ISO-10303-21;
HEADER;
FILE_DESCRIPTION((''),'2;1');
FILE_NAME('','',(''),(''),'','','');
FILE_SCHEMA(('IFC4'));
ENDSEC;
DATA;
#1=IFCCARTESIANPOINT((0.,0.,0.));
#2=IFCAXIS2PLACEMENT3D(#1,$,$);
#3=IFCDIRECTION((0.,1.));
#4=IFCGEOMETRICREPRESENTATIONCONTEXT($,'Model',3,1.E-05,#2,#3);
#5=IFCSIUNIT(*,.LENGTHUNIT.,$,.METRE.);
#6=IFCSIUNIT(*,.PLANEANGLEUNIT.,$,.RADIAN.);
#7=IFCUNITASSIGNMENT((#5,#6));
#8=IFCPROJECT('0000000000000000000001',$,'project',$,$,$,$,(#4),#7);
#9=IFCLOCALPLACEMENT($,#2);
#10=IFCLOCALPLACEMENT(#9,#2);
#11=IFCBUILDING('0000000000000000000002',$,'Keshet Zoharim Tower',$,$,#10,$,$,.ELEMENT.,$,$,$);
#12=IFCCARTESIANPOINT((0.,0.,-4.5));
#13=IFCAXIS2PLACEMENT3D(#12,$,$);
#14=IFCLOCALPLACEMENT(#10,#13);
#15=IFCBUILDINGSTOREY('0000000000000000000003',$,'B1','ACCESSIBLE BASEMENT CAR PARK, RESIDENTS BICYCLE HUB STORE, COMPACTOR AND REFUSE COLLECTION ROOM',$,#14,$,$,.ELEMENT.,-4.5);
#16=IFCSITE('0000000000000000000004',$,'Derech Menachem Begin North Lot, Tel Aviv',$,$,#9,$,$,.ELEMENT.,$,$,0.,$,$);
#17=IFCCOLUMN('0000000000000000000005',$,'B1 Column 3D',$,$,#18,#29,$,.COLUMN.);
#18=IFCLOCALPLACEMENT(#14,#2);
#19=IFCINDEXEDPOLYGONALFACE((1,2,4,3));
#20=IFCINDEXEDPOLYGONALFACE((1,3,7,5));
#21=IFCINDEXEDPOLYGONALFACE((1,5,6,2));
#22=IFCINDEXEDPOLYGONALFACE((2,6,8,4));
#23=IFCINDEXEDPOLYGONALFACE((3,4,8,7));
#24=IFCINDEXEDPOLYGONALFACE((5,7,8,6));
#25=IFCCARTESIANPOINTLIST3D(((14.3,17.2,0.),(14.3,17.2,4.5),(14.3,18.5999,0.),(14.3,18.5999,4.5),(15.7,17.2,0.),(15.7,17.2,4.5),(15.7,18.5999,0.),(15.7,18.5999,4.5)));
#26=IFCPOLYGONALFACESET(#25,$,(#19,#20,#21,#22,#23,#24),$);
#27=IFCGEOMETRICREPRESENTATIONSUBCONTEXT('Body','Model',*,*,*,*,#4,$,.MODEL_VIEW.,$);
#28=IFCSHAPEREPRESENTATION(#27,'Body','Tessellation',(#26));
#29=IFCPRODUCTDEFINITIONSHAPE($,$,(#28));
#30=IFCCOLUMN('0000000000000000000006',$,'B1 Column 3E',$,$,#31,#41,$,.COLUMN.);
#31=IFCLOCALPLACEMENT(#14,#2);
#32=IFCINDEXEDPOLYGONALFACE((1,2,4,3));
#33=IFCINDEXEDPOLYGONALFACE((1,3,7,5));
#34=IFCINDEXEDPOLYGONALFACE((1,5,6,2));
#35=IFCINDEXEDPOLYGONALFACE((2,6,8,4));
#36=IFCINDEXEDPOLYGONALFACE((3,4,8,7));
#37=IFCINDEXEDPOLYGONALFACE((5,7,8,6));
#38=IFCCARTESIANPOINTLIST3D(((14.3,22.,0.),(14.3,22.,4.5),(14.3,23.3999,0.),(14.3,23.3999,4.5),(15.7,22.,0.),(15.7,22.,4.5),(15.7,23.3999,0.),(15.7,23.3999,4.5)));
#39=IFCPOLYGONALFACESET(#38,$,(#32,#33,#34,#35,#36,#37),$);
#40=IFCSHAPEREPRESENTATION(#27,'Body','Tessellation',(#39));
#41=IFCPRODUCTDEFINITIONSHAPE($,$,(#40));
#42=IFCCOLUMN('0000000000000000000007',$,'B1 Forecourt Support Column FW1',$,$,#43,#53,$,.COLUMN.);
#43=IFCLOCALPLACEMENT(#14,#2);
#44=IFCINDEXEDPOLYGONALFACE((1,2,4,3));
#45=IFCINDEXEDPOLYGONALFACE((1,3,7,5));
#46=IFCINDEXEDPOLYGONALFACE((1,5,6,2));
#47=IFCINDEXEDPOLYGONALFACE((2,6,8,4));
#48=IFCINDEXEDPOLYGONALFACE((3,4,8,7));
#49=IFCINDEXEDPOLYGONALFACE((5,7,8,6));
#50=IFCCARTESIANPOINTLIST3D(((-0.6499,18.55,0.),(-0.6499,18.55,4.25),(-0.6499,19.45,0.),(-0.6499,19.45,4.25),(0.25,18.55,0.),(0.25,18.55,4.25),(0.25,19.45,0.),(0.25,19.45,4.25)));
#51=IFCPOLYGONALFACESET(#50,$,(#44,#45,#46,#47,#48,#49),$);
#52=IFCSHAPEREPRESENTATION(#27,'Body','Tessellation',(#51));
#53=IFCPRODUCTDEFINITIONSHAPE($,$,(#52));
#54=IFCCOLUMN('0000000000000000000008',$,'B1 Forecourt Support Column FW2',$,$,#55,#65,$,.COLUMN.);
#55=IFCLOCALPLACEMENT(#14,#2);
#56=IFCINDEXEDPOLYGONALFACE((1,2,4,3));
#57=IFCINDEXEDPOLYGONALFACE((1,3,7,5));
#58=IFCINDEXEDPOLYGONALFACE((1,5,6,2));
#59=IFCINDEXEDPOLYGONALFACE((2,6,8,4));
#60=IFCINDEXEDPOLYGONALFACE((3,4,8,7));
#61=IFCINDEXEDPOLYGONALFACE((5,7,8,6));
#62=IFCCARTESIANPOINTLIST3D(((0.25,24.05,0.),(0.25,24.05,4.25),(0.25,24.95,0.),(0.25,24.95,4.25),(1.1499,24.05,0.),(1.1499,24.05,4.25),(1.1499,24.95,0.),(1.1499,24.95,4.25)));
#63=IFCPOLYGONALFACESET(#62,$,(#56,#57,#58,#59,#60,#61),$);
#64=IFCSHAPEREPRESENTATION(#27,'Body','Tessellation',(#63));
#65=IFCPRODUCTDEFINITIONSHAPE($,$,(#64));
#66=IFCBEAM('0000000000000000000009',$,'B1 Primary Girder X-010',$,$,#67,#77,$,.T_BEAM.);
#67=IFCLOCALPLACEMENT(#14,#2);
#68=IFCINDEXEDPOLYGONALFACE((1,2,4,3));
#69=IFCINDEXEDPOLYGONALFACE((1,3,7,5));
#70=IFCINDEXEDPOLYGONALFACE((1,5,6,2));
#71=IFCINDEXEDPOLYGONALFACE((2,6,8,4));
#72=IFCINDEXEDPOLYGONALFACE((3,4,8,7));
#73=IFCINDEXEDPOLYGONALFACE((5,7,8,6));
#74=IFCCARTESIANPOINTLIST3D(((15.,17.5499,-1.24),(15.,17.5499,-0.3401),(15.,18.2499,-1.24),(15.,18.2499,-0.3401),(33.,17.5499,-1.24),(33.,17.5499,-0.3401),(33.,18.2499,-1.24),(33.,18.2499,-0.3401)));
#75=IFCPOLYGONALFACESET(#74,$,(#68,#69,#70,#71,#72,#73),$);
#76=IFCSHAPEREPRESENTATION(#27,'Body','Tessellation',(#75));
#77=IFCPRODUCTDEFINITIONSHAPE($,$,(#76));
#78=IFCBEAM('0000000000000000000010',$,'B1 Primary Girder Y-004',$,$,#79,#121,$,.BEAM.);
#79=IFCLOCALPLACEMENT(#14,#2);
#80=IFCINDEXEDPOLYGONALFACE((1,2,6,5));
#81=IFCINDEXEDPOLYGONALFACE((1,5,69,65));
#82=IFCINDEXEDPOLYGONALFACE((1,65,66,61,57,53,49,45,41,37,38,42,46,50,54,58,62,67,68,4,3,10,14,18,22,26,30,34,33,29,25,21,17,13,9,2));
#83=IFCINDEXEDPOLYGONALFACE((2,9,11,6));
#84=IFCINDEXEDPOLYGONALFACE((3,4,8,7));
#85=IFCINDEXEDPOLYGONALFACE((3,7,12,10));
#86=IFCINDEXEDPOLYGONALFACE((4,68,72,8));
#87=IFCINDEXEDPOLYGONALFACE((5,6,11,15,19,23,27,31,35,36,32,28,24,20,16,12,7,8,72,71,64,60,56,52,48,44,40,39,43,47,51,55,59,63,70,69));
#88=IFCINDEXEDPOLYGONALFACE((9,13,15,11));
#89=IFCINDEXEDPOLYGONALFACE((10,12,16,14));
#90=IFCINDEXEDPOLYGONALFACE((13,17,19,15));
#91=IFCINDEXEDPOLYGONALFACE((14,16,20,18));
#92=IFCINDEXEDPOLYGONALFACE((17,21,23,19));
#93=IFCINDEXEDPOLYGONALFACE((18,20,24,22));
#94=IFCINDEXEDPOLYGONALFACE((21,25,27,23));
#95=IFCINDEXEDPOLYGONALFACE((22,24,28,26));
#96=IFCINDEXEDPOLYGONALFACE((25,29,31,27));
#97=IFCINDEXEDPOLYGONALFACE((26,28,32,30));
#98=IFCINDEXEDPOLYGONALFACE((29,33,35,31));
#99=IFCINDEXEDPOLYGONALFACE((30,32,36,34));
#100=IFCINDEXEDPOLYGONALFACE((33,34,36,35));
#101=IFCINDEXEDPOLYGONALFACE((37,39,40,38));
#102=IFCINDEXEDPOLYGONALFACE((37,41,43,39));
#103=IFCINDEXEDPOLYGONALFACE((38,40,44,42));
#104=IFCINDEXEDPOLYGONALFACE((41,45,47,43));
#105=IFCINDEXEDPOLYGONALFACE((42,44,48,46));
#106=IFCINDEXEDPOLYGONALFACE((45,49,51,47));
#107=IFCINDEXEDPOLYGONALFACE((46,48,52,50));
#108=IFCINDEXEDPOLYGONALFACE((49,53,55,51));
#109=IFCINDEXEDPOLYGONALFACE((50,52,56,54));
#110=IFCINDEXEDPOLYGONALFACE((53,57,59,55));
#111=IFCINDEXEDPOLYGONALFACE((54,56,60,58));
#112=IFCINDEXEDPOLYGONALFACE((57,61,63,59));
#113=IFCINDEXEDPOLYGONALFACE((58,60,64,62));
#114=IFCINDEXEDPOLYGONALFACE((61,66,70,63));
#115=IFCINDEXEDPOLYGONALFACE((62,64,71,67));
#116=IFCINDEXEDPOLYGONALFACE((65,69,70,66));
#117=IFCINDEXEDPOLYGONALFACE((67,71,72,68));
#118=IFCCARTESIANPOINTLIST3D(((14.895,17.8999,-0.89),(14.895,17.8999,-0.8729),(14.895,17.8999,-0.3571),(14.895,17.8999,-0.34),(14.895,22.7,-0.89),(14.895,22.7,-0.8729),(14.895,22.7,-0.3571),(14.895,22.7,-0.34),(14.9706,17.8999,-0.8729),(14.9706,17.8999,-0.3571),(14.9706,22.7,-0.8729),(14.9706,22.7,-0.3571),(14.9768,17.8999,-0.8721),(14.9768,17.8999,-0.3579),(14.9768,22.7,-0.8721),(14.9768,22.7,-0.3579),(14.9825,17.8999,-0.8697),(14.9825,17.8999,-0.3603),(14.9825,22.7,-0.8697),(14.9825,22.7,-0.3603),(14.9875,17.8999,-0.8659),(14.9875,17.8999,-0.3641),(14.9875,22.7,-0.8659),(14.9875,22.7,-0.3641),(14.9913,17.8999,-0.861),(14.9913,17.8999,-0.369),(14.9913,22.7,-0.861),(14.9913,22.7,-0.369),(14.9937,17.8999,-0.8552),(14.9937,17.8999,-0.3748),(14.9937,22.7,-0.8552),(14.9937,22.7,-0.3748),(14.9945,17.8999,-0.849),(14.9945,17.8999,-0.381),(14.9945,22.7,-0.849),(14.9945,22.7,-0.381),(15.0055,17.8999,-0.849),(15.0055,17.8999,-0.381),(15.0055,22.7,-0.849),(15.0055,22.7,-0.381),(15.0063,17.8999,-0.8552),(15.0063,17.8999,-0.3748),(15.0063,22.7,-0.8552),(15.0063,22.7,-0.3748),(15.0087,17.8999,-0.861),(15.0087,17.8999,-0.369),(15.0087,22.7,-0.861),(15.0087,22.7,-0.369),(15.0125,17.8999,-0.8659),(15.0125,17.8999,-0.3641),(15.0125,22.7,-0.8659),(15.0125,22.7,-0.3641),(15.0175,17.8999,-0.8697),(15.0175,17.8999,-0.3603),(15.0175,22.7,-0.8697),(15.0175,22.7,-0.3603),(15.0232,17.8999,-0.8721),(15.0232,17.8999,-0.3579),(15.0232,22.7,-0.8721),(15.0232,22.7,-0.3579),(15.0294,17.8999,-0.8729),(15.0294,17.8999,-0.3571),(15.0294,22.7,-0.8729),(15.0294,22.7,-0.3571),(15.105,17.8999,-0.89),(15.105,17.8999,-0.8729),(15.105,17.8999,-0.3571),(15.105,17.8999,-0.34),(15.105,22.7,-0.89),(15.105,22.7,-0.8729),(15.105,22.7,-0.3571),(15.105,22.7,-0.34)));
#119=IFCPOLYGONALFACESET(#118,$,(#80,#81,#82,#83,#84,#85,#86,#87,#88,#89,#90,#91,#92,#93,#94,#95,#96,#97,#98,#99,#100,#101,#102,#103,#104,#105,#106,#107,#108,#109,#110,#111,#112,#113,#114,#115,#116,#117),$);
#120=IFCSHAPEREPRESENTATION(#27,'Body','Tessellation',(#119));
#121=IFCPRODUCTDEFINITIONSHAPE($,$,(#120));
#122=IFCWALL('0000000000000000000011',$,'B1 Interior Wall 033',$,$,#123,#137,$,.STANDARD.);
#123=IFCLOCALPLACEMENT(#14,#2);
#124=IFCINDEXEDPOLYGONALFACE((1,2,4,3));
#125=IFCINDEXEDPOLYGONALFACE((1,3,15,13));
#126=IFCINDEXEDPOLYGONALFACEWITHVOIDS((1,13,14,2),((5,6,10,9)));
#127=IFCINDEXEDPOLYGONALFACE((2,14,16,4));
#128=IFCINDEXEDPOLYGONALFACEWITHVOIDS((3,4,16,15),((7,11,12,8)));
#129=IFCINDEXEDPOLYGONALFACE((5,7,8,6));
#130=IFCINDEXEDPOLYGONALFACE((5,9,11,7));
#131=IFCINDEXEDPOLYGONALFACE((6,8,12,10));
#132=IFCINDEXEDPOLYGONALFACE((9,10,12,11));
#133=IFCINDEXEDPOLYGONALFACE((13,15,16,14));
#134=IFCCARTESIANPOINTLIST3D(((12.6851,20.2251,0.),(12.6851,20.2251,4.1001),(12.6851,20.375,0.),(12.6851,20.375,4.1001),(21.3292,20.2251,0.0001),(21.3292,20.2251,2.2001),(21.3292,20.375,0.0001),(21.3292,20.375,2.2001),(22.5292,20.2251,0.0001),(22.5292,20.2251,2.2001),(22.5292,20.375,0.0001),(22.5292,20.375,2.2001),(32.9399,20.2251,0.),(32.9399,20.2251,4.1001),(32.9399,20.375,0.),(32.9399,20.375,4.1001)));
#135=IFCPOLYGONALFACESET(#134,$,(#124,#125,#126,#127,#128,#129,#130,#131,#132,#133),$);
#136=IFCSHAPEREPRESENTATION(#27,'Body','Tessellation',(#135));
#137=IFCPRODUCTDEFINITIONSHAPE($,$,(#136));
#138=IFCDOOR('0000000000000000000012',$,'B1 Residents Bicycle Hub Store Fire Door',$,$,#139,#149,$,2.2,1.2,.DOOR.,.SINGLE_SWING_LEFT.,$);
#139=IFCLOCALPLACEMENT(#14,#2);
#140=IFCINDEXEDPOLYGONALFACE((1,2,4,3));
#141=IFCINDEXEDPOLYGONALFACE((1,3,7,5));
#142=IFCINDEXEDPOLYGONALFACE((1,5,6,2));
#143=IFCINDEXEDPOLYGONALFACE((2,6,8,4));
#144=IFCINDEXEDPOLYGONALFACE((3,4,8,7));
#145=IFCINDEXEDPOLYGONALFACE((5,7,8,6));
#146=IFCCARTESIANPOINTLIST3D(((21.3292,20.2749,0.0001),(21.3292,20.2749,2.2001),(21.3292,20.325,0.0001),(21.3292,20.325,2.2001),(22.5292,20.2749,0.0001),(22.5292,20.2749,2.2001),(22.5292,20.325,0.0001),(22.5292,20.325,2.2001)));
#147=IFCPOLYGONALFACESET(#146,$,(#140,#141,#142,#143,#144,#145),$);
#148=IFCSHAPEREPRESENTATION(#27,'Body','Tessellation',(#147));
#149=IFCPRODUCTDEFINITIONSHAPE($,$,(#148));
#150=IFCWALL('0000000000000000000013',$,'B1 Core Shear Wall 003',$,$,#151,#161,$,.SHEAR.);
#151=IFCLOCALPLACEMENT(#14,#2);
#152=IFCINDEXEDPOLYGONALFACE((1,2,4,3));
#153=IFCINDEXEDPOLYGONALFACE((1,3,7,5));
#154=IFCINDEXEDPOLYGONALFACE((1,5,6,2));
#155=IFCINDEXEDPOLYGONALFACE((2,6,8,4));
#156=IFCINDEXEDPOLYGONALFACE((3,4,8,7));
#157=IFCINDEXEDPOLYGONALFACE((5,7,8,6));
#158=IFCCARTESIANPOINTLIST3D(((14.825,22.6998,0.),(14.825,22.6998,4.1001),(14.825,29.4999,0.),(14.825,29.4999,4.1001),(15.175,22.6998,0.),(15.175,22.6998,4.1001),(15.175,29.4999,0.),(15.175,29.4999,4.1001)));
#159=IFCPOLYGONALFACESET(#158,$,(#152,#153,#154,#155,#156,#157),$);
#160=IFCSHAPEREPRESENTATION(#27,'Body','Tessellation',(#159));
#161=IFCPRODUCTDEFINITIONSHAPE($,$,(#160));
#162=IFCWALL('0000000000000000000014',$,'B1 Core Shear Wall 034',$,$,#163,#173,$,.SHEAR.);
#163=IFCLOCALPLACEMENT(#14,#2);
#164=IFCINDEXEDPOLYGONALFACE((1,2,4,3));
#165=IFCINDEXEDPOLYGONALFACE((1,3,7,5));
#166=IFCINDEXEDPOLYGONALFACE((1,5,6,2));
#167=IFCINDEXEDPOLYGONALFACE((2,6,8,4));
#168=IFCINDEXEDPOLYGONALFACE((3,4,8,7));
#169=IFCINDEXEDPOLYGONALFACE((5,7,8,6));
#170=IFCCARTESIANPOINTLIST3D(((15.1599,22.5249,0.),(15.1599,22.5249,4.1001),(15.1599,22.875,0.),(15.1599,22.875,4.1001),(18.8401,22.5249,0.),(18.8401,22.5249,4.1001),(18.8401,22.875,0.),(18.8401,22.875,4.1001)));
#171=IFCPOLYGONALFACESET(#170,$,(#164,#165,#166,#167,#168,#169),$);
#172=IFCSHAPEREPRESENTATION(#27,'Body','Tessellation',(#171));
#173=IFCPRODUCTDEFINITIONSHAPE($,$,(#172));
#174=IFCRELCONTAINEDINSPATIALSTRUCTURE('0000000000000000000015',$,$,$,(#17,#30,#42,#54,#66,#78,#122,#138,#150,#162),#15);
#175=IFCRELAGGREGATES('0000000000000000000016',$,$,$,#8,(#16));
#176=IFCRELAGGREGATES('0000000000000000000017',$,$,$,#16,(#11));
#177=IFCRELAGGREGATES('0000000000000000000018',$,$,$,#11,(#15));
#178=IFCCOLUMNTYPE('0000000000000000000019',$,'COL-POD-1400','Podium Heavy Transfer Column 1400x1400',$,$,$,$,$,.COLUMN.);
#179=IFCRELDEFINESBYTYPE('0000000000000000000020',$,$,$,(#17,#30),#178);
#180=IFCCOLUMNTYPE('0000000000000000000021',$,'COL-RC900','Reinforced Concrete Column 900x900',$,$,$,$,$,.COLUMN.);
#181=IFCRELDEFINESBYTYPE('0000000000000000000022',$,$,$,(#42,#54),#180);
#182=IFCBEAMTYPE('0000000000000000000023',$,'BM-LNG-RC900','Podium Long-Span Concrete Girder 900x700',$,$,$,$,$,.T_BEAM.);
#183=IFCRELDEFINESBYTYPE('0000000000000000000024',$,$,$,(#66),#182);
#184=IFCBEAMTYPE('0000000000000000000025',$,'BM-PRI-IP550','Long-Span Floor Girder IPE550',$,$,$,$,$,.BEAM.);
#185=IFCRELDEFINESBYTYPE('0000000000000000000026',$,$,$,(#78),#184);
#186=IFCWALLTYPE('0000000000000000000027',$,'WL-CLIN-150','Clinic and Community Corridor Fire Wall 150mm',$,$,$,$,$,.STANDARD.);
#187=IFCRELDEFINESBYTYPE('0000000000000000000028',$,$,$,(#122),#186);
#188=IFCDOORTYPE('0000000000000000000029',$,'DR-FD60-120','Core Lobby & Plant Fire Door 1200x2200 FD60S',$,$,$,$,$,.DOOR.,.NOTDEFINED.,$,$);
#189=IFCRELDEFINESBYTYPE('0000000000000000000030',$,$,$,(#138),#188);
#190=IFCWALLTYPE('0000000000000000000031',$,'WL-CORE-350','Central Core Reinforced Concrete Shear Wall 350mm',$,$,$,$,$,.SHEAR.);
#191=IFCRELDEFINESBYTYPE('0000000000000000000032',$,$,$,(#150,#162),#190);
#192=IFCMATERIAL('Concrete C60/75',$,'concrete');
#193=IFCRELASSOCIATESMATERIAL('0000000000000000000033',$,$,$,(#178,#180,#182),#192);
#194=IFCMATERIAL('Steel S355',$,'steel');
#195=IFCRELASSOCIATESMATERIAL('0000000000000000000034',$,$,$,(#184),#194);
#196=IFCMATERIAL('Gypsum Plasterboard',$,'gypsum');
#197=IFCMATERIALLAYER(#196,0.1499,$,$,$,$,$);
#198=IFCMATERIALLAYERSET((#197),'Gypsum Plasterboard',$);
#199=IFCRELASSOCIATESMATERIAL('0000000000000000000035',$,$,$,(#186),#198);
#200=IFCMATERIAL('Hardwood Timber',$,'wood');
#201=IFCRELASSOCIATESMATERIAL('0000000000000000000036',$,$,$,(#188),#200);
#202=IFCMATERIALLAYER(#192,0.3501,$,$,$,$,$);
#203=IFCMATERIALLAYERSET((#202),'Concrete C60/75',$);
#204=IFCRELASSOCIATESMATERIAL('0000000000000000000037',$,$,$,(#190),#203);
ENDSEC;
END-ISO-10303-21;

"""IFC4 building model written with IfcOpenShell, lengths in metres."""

from ifc_helpers import new_model, si_unit, direction, frame, frame_2d, origin, origin_2d, place, context, subcontext, project, spatial, rectangle, i_section, extrude, material, layer, layer_set, material_profile, profile_set, type_object, element, fill, save


model = new_model("IFC4")

# Units and contexts
model_context = context("Model", 3, precision=1e-05, world=origin(), true_north=direction((0.0, 1.0)))
body_context = subcontext(model_context, "Body", "Model", "MODEL_VIEW")
ifc_project = project(units=[si_unit("LENGTHUNIT", "METRE"), si_unit("PLANEANGLEUNIT", "RADIAN")], contexts=[model_context])

# Site, building, storey
site_placement = place(None, origin())
site = spatial("IfcSite", under=ifc_project, at=site_placement, Name="Derech Menachem Begin North Lot, Tel Aviv", CompositionType="ELEMENT", RefElevation=0.0)
building_placement = place(site_placement, origin())
building = spatial("IfcBuilding", under=site, at=building_placement, Name="Keshet Zoharim Tower", CompositionType="ELEMENT")
storey_placement = place(building_placement, frame((0.0, 0.0, -4.5)))
storey = spatial("IfcBuildingStorey", under=building, at=storey_placement, Name="B1", Description="ACCESSIBLE BASEMENT CAR PARK, RESIDENTS BICYCLE HUB STORE, COMPACTOR AND REFUSE COLLECTION ROOM", CompositionType="ELEMENT", Elevation=-4.5)

# Columns
ifc_material_1 = material(Name="Concrete C60/75", Category="concrete")
ifc_material_profile_1 = material_profile(ifc_material_1, rectangle(XDim=1.3999, YDim=1.3999, at=origin_2d()), Name="RC1400x1400")
ifc_profile_set_1 = profile_set([ifc_material_profile_1], Name="Concrete C60/75")
column_type_1 = type_object("IfcColumnType", Name="COL-POD-1400", Description="Podium Heavy Transfer Column 1400x1400", PredefinedType="COLUMN", material=ifc_profile_set_1)
for number, where, z_axis, x_axis, name in (
    (1, (15.0, 17.8999, 0.0), (0.0, 0.0, 1.0), (1.0, 0.0, 0.0), "B1 Column 3D"),
    (2, (15.0, 22.7, 0.0), (0.0, 0.0, 1.0), (1.0, 0.0, 0.0), "B1 Column 3E"),
):
    element("IfcColumn", number, at=place(storey_placement, frame(where, z_axis=z_axis, x_axis=x_axis)), inside=storey, type_object=column_type_1, Name=name, PredefinedType="COLUMN", context=body_context, shape_type="SweptSolid", body=[
        extrude(rectangle(XDim=1.3999, YDim=1.3999, at=origin_2d()), origin(), (0.0, 0.0, 1.0), 4.5),
    ])
ifc_material_profile_2 = material_profile(ifc_material_1, rectangle(XDim=0.8999, YDim=0.8999, at=origin_2d()), Name="RC900x900")
ifc_profile_set_2 = profile_set([ifc_material_profile_2], Name="Concrete C60/75")
column_type_2 = type_object("IfcColumnType", Name="COL-RC900", Description="Reinforced Concrete Column 900x900", PredefinedType="COLUMN", material=ifc_profile_set_2)
for number, where, z_axis, x_axis, name in (
    (3, (-0.2, 19.0, 0.0), (0.0, 0.0, 1.0), (1.0, 0.0, 0.0), "B1 Forecourt Support Column FW1"),
    (4, (0.7, 24.5, 0.0), (0.0, 0.0, 1.0), (1.0, 0.0, 0.0), "B1 Forecourt Support Column FW2"),
):
    element("IfcColumn", number, at=place(storey_placement, frame(where, z_axis=z_axis, x_axis=x_axis)), inside=storey, type_object=column_type_2, Name=name, PredefinedType="COLUMN", context=body_context, shape_type="SweptSolid", body=[
        extrude(rectangle(XDim=0.8999, YDim=0.8999, at=origin_2d()), origin(), (0.0, 0.0, 1.0), 4.25),
    ])

# Beams
ifc_material_profile_3 = material_profile(ifc_material_1, rectangle(XDim=0.7, YDim=0.8999, at=origin_2d()), Name="RC900x700")
ifc_profile_set_3 = profile_set([ifc_material_profile_3], Name="Concrete C60/75")
beam_type_1 = type_object("IfcBeamType", Name="BM-LNG-RC900", Description="Podium Long-Span Concrete Girder 900x700", PredefinedType="T_BEAM", material=ifc_profile_set_3)
beam_1_placement = place(storey_placement, frame((15.0, 17.8999, -0.79), z_axis=(1.0, 0.0, 0.0), x_axis=(0.0, 1.0, 0.0)))
element("IfcBeam", 5, at=beam_1_placement, inside=storey, type_object=beam_type_1, Name="B1 Primary Girder X-010", PredefinedType="T_BEAM", context=body_context, shape_type="SweptSolid", body=[
    extrude(rectangle(XDim=0.7, YDim=0.8999, at=origin_2d()), origin(), (0.0, 0.0, 1.0), 18.0),
])
ifc_material_2 = material(Name="Steel S355", Category="steel")
ifc_material_profile_4 = material_profile(ifc_material_2, i_section(OverallWidth=0.21, OverallDepth=0.55, WebThickness=0.011, FlangeThickness=0.0171, FilletRadius=0.0239, at=origin_2d()), Name="IPE550")
ifc_profile_set_4 = profile_set([ifc_material_profile_4], Name="Steel S355")
beam_type_2 = type_object("IfcBeamType", Name="BM-PRI-IP550", Description="Long-Span Floor Girder IPE550", PredefinedType="BEAM", material=ifc_profile_set_4)
beam_2_placement = place(storey_placement, frame((15.0, 17.8999, -0.615), z_axis=(0.0, 1.0, 0.0), x_axis=(-1.0, 0.0, 0.0)))
element("IfcBeam", 6, at=beam_2_placement, inside=storey, type_object=beam_type_2, Name="B1 Primary Girder Y-004", PredefinedType="BEAM", context=body_context, shape_type="SweptSolid", body=[
    extrude(i_section(OverallWidth=0.21, OverallDepth=0.55, WebThickness=0.011, FlangeThickness=0.0171, FilletRadius=0.0239, at=origin_2d()), origin(), (0.0, 0.0, 1.0), 4.8),
])

# Wall, opening, door
ifc_material_3 = material(Name="Gypsum Plasterboard", Category="gypsum")
ifc_layer_1 = layer(ifc_material_3, 0.1499)
ifc_layer_set_1 = layer_set([ifc_layer_1], Name="Gypsum Plasterboard")
wall_type_1 = type_object("IfcWallType", Name="WL-CLIN-150", Description="Clinic and Community Corridor Fire Wall 150mm", PredefinedType="STANDARD", material=ifc_layer_set_1)
wall_1_placement = place(storey_placement, frame((12.6851, 20.3, 0.0), z_axis=(0.0, 0.0, 1.0), x_axis=(1.0, 0.0, 0.0)))
wall_1 = element("IfcWall", 7, at=wall_1_placement, inside=storey, type_object=wall_type_1, Name="B1 Interior Wall 033", PredefinedType="STANDARD", context=body_context, shape_type="SweptSolid", body=[
    extrude(rectangle(XDim=20.2549, YDim=0.1499, at=frame_2d((10.1274, 0.0))), origin(), (0.0, 0.0, 1.0), 4.1001),
])
opening_1_placement = place(wall_1_placement, frame((8.644, 0.0, 0.0)))
opening_1 = element("IfcOpeningElement", 8, at=opening_1_placement, cuts=wall_1, PredefinedType="OPENING", context=body_context, shape_type="SweptSolid", body=[
    extrude(rectangle(XDim=1.2, YDim=2.2, at=frame_2d((0.6001, 1.1001))), frame((0.0, 0.085, 0.0), z_axis=(0.0, -1.0, 0.0), x_axis=(1.0, 0.0, 0.0)), (0.0, 0.0, 1.0), 0.1699),
])
ifc_material_4 = material(Name="Hardwood Timber", Category="wood")
door_type_1 = type_object("IfcDoorType", Name="DR-FD60-120", Description="Core Lobby & Plant Fire Door 1200x2200 FD60S", OperationType="NOTDEFINED", PredefinedType="DOOR", material=ifc_material_4)
door_1_placement = place(opening_1_placement, origin())
door_1 = element("IfcDoor", 9, at=door_1_placement, inside=storey, type_object=door_type_1, Name="B1 Residents Bicycle Hub Store Fire Door", OperationType="SINGLE_SWING_LEFT", OverallHeight=2.2, OverallWidth=1.2, PredefinedType="DOOR", context=body_context, shape_type="SweptSolid", body=[
    extrude(rectangle(XDim=1.2, YDim=2.2, at=frame_2d((0.6001, 1.1001))), frame((0.0, 0.0249, 0.0), z_axis=(0.0, -1.0, 0.0), x_axis=(1.0, 0.0, 0.0)), (0.0, 0.0, 1.0), 0.05),
])
fill(opening_1, door_1)

# Wall
ifc_layer_2 = layer(ifc_material_1, 0.3501)
ifc_layer_set_2 = layer_set([ifc_layer_2], Name="Concrete C60/75")
wall_type_2 = type_object("IfcWallType", Name="WL-CORE-350", Description="Central Core Reinforced Concrete Shear Wall 350mm", PredefinedType="SHEAR", material=ifc_layer_set_2)
wall_2_placement = place(storey_placement, frame((15.0, 22.7, 0.0), z_axis=(0.0, 0.0, 1.0), x_axis=(0.0, 1.0, 0.0)))
element("IfcWall", 10, at=wall_2_placement, inside=storey, type_object=wall_type_2, Name="B1 Core Shear Wall 003", PredefinedType="SHEAR", context=body_context, shape_type="SweptSolid", body=[
    extrude(rectangle(XDim=6.8, YDim=0.3501, at=frame_2d((3.3999, 0.0))), origin(), (0.0, 0.0, 1.0), 4.1001),
])

# Wall
wall_3_placement = place(storey_placement, frame((15.1599, 22.7, 0.0), z_axis=(0.0, 0.0, 1.0), x_axis=(1.0, 0.0, 0.0)))
element("IfcWall", 11, at=wall_3_placement, inside=storey, type_object=wall_type_2, Name="B1 Core Shear Wall 034", PredefinedType="SHEAR", context=body_context, shape_type="SweptSolid", body=[
    extrude(rectangle(XDim=3.6802, YDim=0.3501, at=frame_2d((1.8401, 0.0))), origin(), (0.0, 0.0, 1.0), 4.1001),
])

save(model, "model.ifc")
